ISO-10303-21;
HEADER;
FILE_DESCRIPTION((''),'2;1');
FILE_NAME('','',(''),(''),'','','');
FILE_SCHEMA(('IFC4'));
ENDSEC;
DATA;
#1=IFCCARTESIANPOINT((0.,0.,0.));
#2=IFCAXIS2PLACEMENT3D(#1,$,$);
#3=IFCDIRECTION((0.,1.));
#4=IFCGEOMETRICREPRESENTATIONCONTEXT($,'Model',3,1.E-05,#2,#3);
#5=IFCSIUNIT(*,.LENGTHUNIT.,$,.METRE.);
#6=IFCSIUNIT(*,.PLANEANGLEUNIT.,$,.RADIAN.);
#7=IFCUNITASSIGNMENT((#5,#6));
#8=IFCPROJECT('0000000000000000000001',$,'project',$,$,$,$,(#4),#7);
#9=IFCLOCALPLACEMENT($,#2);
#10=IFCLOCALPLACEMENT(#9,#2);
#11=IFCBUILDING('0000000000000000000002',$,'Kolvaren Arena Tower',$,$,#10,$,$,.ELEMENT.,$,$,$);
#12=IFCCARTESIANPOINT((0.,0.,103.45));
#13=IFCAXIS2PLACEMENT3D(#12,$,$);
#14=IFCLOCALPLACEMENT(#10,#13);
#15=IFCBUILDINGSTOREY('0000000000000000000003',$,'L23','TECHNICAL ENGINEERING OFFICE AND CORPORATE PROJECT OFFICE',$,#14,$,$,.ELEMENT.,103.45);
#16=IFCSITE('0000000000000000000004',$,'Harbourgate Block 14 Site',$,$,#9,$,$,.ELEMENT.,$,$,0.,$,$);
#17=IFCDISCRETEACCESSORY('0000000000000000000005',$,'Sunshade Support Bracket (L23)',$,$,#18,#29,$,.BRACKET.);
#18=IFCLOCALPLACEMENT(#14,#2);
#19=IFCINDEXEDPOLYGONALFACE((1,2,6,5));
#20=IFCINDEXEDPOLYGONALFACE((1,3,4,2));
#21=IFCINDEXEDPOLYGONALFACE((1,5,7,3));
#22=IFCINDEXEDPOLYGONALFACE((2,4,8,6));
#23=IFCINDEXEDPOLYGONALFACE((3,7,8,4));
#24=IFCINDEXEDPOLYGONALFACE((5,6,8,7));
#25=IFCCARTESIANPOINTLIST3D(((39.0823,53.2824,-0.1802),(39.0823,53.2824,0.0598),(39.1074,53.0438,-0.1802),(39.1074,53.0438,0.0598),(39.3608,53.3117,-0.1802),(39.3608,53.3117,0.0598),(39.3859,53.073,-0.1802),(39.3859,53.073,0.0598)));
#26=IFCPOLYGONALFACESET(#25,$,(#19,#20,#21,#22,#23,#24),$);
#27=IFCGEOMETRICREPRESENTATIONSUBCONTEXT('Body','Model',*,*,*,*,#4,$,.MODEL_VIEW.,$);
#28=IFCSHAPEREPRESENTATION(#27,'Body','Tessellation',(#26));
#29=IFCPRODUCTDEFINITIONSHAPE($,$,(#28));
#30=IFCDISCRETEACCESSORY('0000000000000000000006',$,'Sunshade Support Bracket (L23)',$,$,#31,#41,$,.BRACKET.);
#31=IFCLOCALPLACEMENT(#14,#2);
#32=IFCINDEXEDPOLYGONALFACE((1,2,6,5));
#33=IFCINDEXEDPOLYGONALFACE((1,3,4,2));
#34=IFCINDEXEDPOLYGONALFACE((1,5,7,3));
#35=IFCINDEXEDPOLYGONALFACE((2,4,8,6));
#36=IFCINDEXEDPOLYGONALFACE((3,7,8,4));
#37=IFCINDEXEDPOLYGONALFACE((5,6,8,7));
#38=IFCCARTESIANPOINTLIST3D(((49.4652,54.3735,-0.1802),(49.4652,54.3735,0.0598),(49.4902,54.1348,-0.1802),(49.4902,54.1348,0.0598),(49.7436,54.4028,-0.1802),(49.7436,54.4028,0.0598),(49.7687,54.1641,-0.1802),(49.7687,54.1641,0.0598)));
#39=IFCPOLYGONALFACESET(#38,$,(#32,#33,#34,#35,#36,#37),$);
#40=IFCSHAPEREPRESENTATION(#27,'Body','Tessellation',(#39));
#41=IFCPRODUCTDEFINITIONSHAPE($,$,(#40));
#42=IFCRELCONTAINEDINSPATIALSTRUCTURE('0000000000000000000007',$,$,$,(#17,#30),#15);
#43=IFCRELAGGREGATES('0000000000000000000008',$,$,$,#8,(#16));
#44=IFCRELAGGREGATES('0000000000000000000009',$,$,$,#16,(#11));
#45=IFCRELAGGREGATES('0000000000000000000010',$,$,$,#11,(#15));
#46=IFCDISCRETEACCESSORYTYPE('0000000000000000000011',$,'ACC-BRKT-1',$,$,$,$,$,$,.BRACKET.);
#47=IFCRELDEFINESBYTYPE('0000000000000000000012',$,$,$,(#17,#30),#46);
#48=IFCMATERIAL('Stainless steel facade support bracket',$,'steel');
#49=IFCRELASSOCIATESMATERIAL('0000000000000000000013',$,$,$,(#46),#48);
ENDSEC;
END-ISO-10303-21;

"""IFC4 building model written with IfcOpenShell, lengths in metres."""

from ifc_helpers import new_model, si_unit, direction, frame, origin, origin_2d, place, context, subcontext, project, spatial, rectangle, extrude, material, type_object, element, save


model = new_model("IFC4")

# Units and contexts
model_context = context("Model", 3, precision=1e-05, world=origin(), true_north=direction((0.0, 1.0)))
body_context = subcontext(model_context, "Body", "Model", "MODEL_VIEW")
ifc_project = project(units=[si_unit("LENGTHUNIT", "METRE"), si_unit("PLANEANGLEUNIT", "RADIAN")], contexts=[model_context])

# Site, building, storey
site_placement = place(None, origin())
site = spatial("IfcSite", under=ifc_project, at=site_placement, Name="Harbourgate Block 14 Site", CompositionType="ELEMENT", RefElevation=0.0)
building_placement = place(site_placement, origin())
building = spatial("IfcBuilding", under=site, at=building_placement, Name="Kolvaren Arena Tower", CompositionType="ELEMENT")
storey_placement = place(building_placement, frame((0.0, 0.0, 103.45)))
storey = spatial("IfcBuildingStorey", under=building, at=storey_placement, Name="L23", Description="TECHNICAL ENGINEERING OFFICE AND CORPORATE PROJECT OFFICE", CompositionType="ELEMENT", Elevation=103.45)

# Discrete accessories
ifc_material_1 = material(Name="Stainless steel facade support bracket", Category="steel")
discrete_accessory_type = type_object("IfcDiscreteAccessoryType", Name="ACC-BRKT-1", PredefinedType="BRACKET", material=ifc_material_1)
for number, where, z_axis, x_axis, name in (
    (1, (39.2341, 53.1777, -0.1802), (0.0, 0.0, 1.0), (0.994522, 0.104527, 0.0), "Sunshade Support Bracket (L23)"),
    (2, (49.6169, 54.2688, -0.1802), (0.0, 0.0, 1.0), (0.994522, 0.104527, 0.0), "Sunshade Support Bracket (L23)"),
):
    element("IfcDiscreteAccessory", number, at=place(storey_placement, frame(where, z_axis=z_axis, x_axis=x_axis)), inside=storey, type_object=discrete_accessory_type, Name=name, PredefinedType="BRACKET", context=body_context, shape_type="SweptSolid", body=[
        extrude(rectangle(XDim=0.28, YDim=0.24, at=origin_2d()), origin(), (0.0, 0.0, 1.0), 0.24),
    ])

save(model, "model.ifc")
